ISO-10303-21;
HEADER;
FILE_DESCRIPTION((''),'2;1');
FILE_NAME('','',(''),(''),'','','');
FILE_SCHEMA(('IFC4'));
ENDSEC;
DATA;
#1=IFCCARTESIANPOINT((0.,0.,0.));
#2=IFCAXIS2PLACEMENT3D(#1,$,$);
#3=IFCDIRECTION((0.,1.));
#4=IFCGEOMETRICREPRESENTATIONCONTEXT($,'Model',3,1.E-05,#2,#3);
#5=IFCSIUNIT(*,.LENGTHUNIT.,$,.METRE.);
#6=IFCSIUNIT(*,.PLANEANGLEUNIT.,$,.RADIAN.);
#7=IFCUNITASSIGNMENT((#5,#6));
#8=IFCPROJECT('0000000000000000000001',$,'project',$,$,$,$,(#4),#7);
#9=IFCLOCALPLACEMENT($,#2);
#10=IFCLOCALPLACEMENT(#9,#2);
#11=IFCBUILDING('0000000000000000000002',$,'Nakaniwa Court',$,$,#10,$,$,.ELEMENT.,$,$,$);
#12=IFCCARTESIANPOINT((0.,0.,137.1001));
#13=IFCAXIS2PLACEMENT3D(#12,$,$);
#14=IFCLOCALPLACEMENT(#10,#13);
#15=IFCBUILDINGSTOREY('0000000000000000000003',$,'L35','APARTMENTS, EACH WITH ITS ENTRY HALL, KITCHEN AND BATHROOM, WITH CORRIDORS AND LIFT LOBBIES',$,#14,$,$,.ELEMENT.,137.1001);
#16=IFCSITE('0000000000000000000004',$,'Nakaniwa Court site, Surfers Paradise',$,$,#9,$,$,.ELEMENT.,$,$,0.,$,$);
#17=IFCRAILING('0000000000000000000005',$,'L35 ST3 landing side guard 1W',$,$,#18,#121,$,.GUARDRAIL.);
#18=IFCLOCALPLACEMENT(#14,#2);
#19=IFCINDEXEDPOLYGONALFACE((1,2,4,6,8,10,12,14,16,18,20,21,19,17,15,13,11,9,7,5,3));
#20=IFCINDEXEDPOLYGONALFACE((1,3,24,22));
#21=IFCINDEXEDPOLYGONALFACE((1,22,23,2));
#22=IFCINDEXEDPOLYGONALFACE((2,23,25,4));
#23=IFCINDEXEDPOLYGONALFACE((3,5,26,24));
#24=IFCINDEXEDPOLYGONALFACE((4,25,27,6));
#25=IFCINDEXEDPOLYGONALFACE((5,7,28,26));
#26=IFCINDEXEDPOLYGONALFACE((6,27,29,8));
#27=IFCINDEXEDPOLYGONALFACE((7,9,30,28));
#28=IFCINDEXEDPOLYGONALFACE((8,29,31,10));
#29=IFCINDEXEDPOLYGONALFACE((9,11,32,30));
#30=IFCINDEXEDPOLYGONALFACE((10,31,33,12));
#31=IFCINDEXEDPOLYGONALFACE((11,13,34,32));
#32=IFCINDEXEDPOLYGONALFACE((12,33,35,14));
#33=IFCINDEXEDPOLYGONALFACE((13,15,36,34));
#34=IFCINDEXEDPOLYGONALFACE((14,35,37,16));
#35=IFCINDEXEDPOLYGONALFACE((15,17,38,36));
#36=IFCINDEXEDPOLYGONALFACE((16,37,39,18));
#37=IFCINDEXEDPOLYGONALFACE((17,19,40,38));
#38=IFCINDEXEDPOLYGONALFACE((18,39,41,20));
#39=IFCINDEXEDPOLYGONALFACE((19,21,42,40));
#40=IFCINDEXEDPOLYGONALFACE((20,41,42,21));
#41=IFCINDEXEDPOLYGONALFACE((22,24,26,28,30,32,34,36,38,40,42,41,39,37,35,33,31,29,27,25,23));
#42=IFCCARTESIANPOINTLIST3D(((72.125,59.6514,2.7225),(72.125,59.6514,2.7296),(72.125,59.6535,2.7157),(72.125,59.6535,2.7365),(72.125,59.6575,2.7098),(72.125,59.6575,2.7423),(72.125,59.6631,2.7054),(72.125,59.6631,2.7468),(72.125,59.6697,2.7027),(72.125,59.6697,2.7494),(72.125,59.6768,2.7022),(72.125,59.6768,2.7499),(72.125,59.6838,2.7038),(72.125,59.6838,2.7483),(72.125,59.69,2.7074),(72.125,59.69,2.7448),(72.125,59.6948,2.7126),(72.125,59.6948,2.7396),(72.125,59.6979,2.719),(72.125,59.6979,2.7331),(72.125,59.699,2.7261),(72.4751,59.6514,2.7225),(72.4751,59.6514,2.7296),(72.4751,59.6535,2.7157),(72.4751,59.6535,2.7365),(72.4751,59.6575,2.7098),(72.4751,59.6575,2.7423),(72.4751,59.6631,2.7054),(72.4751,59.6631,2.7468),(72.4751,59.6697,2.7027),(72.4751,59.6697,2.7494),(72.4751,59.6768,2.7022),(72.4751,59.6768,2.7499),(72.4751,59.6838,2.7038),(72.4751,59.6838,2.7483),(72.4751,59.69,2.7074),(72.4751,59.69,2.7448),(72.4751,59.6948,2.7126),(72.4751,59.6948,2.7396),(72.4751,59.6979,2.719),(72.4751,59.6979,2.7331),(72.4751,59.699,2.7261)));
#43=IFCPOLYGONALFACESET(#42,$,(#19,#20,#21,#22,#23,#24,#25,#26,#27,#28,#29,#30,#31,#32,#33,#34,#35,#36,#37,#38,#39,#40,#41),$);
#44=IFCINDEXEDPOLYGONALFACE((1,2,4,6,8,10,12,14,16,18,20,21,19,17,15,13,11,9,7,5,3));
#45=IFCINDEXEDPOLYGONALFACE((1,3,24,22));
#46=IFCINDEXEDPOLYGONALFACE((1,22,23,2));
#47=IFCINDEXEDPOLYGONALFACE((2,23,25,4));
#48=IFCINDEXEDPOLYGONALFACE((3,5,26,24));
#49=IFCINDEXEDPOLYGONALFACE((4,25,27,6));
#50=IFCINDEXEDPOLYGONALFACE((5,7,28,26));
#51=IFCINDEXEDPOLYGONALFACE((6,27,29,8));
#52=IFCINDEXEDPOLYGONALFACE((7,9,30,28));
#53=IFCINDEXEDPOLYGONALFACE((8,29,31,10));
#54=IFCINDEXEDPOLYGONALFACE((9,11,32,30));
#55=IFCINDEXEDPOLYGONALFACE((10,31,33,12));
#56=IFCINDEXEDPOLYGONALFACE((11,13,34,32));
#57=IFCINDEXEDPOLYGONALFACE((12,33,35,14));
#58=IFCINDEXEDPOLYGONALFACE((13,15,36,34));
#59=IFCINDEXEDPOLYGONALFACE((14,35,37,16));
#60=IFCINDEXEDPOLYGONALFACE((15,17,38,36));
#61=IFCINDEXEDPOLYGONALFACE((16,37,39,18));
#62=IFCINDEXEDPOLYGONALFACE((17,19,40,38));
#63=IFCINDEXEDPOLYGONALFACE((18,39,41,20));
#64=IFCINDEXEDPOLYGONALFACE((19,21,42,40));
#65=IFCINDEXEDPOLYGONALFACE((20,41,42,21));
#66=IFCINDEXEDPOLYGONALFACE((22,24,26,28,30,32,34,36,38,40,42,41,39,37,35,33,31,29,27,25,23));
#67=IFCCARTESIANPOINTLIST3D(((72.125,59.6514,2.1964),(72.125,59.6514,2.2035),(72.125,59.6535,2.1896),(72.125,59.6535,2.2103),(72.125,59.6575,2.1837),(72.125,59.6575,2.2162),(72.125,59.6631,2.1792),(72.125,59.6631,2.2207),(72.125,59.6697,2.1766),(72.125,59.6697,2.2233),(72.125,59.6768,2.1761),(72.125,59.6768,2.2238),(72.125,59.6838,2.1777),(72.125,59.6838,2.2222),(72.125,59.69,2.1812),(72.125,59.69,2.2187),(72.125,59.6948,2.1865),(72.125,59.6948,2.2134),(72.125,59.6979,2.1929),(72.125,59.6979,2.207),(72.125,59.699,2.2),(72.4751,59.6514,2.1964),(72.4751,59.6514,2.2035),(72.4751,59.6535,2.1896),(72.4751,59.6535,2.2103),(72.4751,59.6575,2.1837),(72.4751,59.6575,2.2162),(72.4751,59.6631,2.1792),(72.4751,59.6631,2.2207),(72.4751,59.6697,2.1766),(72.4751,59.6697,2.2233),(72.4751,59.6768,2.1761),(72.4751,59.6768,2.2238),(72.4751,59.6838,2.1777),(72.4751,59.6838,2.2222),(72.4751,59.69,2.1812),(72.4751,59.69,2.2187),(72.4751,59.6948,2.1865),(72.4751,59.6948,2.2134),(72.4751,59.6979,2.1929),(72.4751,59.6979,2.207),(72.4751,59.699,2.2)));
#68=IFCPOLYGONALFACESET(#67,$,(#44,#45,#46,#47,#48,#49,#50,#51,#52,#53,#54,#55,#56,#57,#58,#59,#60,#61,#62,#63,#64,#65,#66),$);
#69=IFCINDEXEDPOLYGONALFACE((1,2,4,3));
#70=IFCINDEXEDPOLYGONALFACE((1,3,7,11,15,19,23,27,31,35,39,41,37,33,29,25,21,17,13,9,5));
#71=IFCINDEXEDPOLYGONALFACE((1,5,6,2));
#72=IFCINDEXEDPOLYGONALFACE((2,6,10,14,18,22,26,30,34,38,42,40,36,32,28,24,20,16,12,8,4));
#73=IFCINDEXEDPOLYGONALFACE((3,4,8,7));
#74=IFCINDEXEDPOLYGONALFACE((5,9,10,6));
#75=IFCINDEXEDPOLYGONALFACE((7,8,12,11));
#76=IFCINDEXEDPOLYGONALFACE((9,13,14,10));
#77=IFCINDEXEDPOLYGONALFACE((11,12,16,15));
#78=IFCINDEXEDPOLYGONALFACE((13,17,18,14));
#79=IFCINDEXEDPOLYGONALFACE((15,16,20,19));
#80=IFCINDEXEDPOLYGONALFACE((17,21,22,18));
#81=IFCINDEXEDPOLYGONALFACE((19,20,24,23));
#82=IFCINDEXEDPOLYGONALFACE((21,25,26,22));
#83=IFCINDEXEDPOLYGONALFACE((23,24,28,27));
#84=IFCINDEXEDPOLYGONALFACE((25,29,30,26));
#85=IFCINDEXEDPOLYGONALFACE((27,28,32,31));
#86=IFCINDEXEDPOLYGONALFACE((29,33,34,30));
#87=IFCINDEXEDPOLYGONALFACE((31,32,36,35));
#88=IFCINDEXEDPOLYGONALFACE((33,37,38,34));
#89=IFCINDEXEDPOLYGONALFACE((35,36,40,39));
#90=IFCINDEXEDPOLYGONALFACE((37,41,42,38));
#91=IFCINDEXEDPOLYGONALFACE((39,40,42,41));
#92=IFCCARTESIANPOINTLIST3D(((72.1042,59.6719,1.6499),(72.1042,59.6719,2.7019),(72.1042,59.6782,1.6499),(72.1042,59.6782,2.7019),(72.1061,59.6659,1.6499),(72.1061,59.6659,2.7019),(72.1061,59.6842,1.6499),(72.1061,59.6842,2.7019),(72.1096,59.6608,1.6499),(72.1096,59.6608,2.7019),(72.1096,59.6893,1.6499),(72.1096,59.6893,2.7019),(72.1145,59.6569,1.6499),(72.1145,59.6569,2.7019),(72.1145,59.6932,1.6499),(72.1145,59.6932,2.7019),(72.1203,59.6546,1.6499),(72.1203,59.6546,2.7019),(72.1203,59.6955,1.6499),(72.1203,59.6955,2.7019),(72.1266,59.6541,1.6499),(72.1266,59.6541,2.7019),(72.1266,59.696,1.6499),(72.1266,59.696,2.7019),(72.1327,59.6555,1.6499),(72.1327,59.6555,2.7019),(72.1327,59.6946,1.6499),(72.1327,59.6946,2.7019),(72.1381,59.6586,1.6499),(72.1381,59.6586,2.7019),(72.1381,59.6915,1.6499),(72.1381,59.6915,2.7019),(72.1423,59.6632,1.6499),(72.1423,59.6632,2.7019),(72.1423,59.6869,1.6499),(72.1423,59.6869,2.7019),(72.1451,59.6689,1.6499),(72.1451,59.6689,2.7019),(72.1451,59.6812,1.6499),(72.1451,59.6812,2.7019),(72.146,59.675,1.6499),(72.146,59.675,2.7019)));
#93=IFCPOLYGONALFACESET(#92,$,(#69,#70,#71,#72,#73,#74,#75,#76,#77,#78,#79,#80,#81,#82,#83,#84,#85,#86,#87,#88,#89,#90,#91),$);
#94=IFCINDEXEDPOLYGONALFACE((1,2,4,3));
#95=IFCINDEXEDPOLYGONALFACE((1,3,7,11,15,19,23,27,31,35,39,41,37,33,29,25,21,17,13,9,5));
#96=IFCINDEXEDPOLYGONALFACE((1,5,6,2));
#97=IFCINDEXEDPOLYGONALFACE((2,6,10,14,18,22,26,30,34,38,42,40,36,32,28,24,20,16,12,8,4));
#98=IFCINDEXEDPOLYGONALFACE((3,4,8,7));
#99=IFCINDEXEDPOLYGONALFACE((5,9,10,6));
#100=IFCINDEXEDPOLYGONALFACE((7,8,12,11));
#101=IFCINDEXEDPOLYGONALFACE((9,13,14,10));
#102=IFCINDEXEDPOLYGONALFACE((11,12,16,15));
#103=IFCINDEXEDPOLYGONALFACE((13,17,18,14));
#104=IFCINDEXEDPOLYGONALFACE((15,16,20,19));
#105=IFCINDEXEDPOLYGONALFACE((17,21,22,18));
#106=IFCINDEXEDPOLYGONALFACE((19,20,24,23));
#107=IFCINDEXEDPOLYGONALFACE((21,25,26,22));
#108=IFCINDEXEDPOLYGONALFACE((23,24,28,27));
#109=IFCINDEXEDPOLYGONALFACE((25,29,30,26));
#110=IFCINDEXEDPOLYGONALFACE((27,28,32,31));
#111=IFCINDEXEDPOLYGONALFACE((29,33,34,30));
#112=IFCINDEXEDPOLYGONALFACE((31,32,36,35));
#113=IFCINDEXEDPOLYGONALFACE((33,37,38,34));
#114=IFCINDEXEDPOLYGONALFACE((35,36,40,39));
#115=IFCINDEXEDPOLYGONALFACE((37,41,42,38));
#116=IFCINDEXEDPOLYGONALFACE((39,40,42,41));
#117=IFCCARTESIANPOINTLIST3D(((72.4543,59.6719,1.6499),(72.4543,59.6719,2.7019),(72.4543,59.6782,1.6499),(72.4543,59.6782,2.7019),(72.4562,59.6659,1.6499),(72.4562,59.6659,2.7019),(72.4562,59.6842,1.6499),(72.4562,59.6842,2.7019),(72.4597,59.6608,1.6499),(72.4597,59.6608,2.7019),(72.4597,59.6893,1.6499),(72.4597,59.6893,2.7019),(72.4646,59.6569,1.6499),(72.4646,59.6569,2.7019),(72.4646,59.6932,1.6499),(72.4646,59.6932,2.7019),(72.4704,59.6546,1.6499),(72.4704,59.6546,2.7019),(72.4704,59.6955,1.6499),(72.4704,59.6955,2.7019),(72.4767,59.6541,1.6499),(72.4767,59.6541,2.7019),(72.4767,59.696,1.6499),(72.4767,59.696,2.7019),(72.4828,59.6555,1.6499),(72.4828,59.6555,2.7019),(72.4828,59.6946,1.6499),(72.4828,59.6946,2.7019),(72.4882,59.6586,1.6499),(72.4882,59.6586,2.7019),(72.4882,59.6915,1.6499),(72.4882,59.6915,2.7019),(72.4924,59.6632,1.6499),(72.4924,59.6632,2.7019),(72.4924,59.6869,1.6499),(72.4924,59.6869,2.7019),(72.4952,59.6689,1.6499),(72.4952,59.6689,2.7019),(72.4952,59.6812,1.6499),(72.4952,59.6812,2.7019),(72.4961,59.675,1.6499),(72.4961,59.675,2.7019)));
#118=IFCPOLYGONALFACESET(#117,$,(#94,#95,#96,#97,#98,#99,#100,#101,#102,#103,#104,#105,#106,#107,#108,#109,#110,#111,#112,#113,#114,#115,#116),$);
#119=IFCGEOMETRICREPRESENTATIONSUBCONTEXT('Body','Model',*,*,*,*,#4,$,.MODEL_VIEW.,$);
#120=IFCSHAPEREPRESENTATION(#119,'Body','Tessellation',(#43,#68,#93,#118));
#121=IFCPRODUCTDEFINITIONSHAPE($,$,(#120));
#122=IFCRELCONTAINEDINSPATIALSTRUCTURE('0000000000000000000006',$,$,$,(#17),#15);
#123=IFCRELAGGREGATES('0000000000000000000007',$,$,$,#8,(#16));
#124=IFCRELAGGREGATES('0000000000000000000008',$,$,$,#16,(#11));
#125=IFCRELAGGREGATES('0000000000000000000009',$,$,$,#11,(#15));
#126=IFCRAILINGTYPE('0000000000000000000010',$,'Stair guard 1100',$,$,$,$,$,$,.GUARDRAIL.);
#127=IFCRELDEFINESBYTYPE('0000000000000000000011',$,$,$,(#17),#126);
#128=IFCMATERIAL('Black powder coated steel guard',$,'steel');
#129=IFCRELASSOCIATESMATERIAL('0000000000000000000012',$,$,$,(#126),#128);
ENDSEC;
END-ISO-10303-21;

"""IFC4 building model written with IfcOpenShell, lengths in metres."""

from ifc_helpers import new_model, si_unit, direction, frame, origin, origin_2d, place, context, subcontext, project, spatial, circle, extrude, material, type_object, element, save


model = new_model("IFC4")

# Units and contexts
model_context = context("Model", 3, precision=1e-05, world=origin(), true_north=direction((0.0, 1.0)))
body_context = subcontext(model_context, "Body", "Model", "MODEL_VIEW")
ifc_project = project(units=[si_unit("LENGTHUNIT", "METRE"), si_unit("PLANEANGLEUNIT", "RADIAN")], contexts=[model_context])

# Site, building, storey
site_placement = place(None, origin())
site = spatial("IfcSite", under=ifc_project, at=site_placement, Name="Nakaniwa Court site, Surfers Paradise", CompositionType="ELEMENT", RefElevation=0.0)
building_placement = place(site_placement, origin())
building = spatial("IfcBuilding", under=site, at=building_placement, Name="Nakaniwa Court", CompositionType="ELEMENT")
storey_placement = place(building_placement, frame((0.0, 0.0, 137.1001)))
storey = spatial("IfcBuildingStorey", under=building, at=storey_placement, Name="L35", Description="APARTMENTS, EACH WITH ITS ENTRY HALL, KITCHEN AND BATHROOM, WITH CORRIDORS AND LIFT LOBBIES", CompositionType="ELEMENT", Elevation=137.1001)

# Railing
ifc_material_1 = material(Name="Black powder coated steel guard", Category="steel")
railing_type_1 = type_object("IfcRailingType", Name="Stair guard 1100", PredefinedType="GUARDRAIL", material=ifc_material_1)
for number, where, name in (
    (1, (72.125, 59.675, 1.6499), "L35 ST3 landing side guard 1W"),
):
    element("IfcRailing", number, at=place(storey_placement, frame(where)), inside=storey, type_object=railing_type_1, Name=name, PredefinedType="GUARDRAIL", context=body_context, shape_type="SweptSolid", body=[
        extrude(circle(Radius=0.0239, at=origin_2d()), frame((0.0, 0.0, 1.0762), z_axis=(1.0, 0.0, 0.0), x_axis=(0.0, 1.0, 0.0)), (0.0, 0.0, 1.0), 0.3501),
        extrude(circle(Radius=0.0239, at=origin_2d()), frame((0.0, 0.0, 0.55), z_axis=(1.0, 0.0, 0.0), x_axis=(0.0, 1.0, 0.0)), (0.0, 0.0, 1.0), 0.3501),
        extrude(circle(Radius=0.021, at=origin_2d()), origin(), (0.0, 0.0, 1.0), 1.052),
        extrude(circle(Radius=0.021, at=origin_2d()), frame((0.3501, 0.0, 0.0)), (0.0, 0.0, 1.0), 1.052),
    ])

save(model, "model.ifc")
